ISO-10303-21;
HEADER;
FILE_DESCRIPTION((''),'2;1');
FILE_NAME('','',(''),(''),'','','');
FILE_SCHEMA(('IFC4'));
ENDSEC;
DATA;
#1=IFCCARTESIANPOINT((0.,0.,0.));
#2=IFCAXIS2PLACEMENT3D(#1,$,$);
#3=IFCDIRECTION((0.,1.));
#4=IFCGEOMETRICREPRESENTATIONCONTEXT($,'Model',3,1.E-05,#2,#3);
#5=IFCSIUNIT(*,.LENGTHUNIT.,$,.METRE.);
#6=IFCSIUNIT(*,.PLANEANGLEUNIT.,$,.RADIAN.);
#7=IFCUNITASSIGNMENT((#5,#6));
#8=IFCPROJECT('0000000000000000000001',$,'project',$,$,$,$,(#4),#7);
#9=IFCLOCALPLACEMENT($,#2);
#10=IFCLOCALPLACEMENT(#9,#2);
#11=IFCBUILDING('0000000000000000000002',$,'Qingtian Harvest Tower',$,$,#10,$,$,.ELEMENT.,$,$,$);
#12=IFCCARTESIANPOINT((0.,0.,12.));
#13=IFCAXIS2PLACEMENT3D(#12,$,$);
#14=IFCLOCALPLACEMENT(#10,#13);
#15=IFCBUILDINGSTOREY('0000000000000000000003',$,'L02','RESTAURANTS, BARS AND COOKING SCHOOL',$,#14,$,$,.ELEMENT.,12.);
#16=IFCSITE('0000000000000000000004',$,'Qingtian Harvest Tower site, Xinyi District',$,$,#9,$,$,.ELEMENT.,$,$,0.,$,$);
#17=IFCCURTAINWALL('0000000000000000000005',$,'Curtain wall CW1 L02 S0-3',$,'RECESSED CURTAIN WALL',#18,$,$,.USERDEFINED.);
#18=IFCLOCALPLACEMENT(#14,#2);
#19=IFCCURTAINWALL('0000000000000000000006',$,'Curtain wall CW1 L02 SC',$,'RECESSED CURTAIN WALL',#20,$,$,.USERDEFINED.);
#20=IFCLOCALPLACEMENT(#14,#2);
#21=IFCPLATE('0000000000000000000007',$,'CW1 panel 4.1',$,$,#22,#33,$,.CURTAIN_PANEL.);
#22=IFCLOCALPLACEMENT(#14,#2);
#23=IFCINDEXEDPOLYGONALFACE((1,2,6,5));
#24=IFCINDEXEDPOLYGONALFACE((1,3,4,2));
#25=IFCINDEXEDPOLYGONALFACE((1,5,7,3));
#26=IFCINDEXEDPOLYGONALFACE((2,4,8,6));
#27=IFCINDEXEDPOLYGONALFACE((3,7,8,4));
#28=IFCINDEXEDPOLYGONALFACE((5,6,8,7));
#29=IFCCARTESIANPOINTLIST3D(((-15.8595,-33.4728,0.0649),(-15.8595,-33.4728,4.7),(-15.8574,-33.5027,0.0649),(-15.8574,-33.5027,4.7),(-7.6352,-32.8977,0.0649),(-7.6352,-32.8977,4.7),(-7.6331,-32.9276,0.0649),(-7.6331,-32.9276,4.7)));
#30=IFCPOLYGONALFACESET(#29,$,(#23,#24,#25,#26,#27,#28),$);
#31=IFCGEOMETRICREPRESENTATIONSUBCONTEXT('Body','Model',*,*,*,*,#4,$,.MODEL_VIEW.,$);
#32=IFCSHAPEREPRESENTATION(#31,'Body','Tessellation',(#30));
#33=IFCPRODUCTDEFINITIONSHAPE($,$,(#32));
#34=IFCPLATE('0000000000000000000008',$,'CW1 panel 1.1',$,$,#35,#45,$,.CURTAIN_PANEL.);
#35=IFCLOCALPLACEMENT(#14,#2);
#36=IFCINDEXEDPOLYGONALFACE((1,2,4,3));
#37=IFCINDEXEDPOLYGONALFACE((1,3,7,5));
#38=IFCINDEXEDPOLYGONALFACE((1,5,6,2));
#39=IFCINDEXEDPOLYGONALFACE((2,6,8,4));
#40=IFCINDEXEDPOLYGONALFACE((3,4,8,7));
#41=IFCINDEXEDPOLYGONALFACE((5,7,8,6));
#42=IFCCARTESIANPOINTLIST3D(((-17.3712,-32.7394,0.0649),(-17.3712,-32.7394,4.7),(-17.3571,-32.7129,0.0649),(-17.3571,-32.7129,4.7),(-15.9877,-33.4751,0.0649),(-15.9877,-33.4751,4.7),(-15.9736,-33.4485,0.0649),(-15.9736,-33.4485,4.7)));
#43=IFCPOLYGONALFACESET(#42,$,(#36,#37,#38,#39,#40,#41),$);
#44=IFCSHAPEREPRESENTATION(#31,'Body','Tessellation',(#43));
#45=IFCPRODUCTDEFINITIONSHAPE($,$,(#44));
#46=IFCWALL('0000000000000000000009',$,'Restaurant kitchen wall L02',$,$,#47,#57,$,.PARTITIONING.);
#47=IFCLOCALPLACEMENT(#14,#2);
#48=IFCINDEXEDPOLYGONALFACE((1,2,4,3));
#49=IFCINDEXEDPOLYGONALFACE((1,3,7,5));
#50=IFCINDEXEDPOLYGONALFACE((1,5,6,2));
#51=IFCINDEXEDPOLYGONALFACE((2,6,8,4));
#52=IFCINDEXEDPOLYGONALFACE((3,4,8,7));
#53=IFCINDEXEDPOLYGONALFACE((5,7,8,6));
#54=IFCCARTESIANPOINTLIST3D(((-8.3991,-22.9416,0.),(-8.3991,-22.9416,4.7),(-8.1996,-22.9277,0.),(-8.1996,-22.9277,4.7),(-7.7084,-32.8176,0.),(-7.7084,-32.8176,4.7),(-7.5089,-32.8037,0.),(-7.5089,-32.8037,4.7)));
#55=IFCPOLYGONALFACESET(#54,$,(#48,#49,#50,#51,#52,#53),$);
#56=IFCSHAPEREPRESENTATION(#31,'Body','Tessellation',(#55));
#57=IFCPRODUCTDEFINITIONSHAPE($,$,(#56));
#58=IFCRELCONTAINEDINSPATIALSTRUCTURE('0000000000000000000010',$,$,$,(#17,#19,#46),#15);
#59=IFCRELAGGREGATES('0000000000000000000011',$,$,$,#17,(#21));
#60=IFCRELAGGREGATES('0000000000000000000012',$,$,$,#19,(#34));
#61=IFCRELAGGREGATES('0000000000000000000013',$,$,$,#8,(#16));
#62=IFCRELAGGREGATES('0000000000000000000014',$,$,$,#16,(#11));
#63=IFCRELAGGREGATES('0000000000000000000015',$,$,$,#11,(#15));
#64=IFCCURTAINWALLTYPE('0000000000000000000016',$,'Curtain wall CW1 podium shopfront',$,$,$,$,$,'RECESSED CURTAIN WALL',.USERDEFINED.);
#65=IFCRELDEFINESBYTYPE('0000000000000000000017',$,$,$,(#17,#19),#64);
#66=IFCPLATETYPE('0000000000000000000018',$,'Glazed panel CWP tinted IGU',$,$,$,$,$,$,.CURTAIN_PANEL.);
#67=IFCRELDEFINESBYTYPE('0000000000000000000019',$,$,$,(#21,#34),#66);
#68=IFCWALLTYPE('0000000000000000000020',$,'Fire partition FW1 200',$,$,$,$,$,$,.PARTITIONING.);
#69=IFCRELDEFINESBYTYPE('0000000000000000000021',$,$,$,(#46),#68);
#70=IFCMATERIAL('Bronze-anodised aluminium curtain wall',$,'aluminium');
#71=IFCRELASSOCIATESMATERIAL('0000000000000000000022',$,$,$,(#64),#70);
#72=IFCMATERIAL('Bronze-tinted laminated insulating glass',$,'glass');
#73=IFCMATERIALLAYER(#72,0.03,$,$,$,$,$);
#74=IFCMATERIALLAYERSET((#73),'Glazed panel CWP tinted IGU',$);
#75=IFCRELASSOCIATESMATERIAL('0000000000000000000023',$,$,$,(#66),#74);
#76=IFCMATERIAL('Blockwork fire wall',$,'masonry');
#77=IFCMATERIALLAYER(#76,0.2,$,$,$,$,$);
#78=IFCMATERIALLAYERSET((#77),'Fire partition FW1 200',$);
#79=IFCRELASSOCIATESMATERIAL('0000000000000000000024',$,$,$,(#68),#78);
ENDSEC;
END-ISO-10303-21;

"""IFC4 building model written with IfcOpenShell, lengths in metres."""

from ifc_helpers import new_model, si_unit, direction, frame, frame_2d, origin, origin_2d, place, context, subcontext, project, spatial, rectangle, extrude, material, layer, layer_set, type_object, element, aggregate, save


model = new_model("IFC4")

# Units and contexts
model_context = context("Model", 3, precision=1e-05, world=origin(), true_north=direction((0.0, 1.0)))
body_context = subcontext(model_context, "Body", "Model", "MODEL_VIEW")
ifc_project = project(units=[si_unit("LENGTHUNIT", "METRE"), si_unit("PLANEANGLEUNIT", "RADIAN")], contexts=[model_context])

# Site, building, storey
site_placement = place(None, origin())
site = spatial("IfcSite", under=ifc_project, at=site_placement, Name="Qingtian Harvest Tower site, Xinyi District", CompositionType="ELEMENT", RefElevation=0.0)
building_placement = place(site_placement, origin())
building = spatial("IfcBuilding", under=site, at=building_placement, Name="Qingtian Harvest Tower", CompositionType="ELEMENT")
storey_placement = place(building_placement, frame((0.0, 0.0, 12.0)))
storey = spatial("IfcBuildingStorey", under=building, at=storey_placement, Name="L02", Description="RESTAURANTS, BARS AND COOKING SCHOOL", CompositionType="ELEMENT", Elevation=12.0)

# Curtain walls
ifc_material_1 = material(Name="Bronze-anodised aluminium curtain wall", Category="aluminium")
curtain_wall_type = type_object("IfcCurtainWallType", Name="Curtain wall CW1 podium shopfront", ElementType="RECESSED CURTAIN WALL", PredefinedType="USERDEFINED", material=ifc_material_1)
curtain_wall_1_placement = place(storey_placement, origin())
curtain_wall_1 = element("IfcCurtainWall", 1, at=curtain_wall_1_placement, inside=storey, type_object=curtain_wall_type, Name="Curtain wall CW1 L02 S0-3", ObjectType="RECESSED CURTAIN WALL", PredefinedType="USERDEFINED")
curtain_wall_2_placement = place(storey_placement, origin())
curtain_wall_2 = element("IfcCurtainWall", 2, at=curtain_wall_2_placement, inside=storey, type_object=curtain_wall_type, Name="Curtain wall CW1 L02 SC", ObjectType="RECESSED CURTAIN WALL", PredefinedType="USERDEFINED")

# Plates
ifc_material_2 = material(Name="Bronze-tinted laminated insulating glass", Category="glass")
ifc_layer_1 = layer(ifc_material_2, 0.03)
ifc_layer_set_1 = layer_set([ifc_layer_1], Name="Glazed panel CWP tinted IGU")
plate_type = type_object("IfcPlateType", Name="Glazed panel CWP tinted IGU", PredefinedType="CURTAIN_PANEL", material=ifc_layer_set_1)
plate_1_placement = place(storey_placement, frame((-11.7463, -33.2002, 0.0649), z_axis=(0.0, 0.0, 1.0), x_axis=(-0.997564, -0.069756, 0.0)))
plate_1 = element("IfcPlate", 3, at=plate_1_placement, type_object=plate_type, Name="CW1 panel 4.1", PredefinedType="CURTAIN_PANEL", context=body_context, shape_type="SweptSolid", body=[
    extrude(rectangle(XDim=8.2444, YDim=0.03, at=origin_2d()), origin(), (0.0, 0.0, 1.0), 4.635),
])
aggregate(curtain_wall_1, [plate_1])
plate_2_placement = place(storey_placement, frame((-16.6724, -33.094, 0.0649), z_axis=(0.0, 0.0, 1.0), x_axis=(-0.882948, 0.469472, 0.0)))
plate_2 = element("IfcPlate", 4, at=plate_2_placement, type_object=plate_type, Name="CW1 panel 1.1", PredefinedType="CURTAIN_PANEL", context=body_context, shape_type="SweptSolid", body=[
    extrude(rectangle(XDim=1.5669, YDim=0.03, at=origin_2d()), origin(), (0.0, 0.0, 1.0), 4.635),
])
aggregate(curtain_wall_2, [plate_2])

# Wall
ifc_material_3 = material(Name="Blockwork fire wall", Category="masonry")
ifc_layer_2 = layer(ifc_material_3, 0.2)
ifc_layer_set_2 = layer_set([ifc_layer_2], Name="Fire partition FW1 200")
wall_type = type_object("IfcWallType", Name="Fire partition FW1 200", PredefinedType="PARTITIONING", material=ifc_layer_set_2)
wall_placement = place(storey_placement, frame((-7.6086, -32.8108, 0.0), z_axis=(0.0, 0.0, 1.0), x_axis=(-0.069764, 0.997564, 0.0)))
element("IfcWall", 5, at=wall_placement, inside=storey, type_object=wall_type, Name="Restaurant kitchen wall L02", PredefinedType="PARTITIONING", context=body_context, shape_type="SweptSolid", body=[
    extrude(rectangle(XDim=9.9001, YDim=0.2, at=frame_2d((4.9502, 0.0))), origin(), (0.0, 0.0, 1.0), 4.7),
])

save(model, "model.ifc")
